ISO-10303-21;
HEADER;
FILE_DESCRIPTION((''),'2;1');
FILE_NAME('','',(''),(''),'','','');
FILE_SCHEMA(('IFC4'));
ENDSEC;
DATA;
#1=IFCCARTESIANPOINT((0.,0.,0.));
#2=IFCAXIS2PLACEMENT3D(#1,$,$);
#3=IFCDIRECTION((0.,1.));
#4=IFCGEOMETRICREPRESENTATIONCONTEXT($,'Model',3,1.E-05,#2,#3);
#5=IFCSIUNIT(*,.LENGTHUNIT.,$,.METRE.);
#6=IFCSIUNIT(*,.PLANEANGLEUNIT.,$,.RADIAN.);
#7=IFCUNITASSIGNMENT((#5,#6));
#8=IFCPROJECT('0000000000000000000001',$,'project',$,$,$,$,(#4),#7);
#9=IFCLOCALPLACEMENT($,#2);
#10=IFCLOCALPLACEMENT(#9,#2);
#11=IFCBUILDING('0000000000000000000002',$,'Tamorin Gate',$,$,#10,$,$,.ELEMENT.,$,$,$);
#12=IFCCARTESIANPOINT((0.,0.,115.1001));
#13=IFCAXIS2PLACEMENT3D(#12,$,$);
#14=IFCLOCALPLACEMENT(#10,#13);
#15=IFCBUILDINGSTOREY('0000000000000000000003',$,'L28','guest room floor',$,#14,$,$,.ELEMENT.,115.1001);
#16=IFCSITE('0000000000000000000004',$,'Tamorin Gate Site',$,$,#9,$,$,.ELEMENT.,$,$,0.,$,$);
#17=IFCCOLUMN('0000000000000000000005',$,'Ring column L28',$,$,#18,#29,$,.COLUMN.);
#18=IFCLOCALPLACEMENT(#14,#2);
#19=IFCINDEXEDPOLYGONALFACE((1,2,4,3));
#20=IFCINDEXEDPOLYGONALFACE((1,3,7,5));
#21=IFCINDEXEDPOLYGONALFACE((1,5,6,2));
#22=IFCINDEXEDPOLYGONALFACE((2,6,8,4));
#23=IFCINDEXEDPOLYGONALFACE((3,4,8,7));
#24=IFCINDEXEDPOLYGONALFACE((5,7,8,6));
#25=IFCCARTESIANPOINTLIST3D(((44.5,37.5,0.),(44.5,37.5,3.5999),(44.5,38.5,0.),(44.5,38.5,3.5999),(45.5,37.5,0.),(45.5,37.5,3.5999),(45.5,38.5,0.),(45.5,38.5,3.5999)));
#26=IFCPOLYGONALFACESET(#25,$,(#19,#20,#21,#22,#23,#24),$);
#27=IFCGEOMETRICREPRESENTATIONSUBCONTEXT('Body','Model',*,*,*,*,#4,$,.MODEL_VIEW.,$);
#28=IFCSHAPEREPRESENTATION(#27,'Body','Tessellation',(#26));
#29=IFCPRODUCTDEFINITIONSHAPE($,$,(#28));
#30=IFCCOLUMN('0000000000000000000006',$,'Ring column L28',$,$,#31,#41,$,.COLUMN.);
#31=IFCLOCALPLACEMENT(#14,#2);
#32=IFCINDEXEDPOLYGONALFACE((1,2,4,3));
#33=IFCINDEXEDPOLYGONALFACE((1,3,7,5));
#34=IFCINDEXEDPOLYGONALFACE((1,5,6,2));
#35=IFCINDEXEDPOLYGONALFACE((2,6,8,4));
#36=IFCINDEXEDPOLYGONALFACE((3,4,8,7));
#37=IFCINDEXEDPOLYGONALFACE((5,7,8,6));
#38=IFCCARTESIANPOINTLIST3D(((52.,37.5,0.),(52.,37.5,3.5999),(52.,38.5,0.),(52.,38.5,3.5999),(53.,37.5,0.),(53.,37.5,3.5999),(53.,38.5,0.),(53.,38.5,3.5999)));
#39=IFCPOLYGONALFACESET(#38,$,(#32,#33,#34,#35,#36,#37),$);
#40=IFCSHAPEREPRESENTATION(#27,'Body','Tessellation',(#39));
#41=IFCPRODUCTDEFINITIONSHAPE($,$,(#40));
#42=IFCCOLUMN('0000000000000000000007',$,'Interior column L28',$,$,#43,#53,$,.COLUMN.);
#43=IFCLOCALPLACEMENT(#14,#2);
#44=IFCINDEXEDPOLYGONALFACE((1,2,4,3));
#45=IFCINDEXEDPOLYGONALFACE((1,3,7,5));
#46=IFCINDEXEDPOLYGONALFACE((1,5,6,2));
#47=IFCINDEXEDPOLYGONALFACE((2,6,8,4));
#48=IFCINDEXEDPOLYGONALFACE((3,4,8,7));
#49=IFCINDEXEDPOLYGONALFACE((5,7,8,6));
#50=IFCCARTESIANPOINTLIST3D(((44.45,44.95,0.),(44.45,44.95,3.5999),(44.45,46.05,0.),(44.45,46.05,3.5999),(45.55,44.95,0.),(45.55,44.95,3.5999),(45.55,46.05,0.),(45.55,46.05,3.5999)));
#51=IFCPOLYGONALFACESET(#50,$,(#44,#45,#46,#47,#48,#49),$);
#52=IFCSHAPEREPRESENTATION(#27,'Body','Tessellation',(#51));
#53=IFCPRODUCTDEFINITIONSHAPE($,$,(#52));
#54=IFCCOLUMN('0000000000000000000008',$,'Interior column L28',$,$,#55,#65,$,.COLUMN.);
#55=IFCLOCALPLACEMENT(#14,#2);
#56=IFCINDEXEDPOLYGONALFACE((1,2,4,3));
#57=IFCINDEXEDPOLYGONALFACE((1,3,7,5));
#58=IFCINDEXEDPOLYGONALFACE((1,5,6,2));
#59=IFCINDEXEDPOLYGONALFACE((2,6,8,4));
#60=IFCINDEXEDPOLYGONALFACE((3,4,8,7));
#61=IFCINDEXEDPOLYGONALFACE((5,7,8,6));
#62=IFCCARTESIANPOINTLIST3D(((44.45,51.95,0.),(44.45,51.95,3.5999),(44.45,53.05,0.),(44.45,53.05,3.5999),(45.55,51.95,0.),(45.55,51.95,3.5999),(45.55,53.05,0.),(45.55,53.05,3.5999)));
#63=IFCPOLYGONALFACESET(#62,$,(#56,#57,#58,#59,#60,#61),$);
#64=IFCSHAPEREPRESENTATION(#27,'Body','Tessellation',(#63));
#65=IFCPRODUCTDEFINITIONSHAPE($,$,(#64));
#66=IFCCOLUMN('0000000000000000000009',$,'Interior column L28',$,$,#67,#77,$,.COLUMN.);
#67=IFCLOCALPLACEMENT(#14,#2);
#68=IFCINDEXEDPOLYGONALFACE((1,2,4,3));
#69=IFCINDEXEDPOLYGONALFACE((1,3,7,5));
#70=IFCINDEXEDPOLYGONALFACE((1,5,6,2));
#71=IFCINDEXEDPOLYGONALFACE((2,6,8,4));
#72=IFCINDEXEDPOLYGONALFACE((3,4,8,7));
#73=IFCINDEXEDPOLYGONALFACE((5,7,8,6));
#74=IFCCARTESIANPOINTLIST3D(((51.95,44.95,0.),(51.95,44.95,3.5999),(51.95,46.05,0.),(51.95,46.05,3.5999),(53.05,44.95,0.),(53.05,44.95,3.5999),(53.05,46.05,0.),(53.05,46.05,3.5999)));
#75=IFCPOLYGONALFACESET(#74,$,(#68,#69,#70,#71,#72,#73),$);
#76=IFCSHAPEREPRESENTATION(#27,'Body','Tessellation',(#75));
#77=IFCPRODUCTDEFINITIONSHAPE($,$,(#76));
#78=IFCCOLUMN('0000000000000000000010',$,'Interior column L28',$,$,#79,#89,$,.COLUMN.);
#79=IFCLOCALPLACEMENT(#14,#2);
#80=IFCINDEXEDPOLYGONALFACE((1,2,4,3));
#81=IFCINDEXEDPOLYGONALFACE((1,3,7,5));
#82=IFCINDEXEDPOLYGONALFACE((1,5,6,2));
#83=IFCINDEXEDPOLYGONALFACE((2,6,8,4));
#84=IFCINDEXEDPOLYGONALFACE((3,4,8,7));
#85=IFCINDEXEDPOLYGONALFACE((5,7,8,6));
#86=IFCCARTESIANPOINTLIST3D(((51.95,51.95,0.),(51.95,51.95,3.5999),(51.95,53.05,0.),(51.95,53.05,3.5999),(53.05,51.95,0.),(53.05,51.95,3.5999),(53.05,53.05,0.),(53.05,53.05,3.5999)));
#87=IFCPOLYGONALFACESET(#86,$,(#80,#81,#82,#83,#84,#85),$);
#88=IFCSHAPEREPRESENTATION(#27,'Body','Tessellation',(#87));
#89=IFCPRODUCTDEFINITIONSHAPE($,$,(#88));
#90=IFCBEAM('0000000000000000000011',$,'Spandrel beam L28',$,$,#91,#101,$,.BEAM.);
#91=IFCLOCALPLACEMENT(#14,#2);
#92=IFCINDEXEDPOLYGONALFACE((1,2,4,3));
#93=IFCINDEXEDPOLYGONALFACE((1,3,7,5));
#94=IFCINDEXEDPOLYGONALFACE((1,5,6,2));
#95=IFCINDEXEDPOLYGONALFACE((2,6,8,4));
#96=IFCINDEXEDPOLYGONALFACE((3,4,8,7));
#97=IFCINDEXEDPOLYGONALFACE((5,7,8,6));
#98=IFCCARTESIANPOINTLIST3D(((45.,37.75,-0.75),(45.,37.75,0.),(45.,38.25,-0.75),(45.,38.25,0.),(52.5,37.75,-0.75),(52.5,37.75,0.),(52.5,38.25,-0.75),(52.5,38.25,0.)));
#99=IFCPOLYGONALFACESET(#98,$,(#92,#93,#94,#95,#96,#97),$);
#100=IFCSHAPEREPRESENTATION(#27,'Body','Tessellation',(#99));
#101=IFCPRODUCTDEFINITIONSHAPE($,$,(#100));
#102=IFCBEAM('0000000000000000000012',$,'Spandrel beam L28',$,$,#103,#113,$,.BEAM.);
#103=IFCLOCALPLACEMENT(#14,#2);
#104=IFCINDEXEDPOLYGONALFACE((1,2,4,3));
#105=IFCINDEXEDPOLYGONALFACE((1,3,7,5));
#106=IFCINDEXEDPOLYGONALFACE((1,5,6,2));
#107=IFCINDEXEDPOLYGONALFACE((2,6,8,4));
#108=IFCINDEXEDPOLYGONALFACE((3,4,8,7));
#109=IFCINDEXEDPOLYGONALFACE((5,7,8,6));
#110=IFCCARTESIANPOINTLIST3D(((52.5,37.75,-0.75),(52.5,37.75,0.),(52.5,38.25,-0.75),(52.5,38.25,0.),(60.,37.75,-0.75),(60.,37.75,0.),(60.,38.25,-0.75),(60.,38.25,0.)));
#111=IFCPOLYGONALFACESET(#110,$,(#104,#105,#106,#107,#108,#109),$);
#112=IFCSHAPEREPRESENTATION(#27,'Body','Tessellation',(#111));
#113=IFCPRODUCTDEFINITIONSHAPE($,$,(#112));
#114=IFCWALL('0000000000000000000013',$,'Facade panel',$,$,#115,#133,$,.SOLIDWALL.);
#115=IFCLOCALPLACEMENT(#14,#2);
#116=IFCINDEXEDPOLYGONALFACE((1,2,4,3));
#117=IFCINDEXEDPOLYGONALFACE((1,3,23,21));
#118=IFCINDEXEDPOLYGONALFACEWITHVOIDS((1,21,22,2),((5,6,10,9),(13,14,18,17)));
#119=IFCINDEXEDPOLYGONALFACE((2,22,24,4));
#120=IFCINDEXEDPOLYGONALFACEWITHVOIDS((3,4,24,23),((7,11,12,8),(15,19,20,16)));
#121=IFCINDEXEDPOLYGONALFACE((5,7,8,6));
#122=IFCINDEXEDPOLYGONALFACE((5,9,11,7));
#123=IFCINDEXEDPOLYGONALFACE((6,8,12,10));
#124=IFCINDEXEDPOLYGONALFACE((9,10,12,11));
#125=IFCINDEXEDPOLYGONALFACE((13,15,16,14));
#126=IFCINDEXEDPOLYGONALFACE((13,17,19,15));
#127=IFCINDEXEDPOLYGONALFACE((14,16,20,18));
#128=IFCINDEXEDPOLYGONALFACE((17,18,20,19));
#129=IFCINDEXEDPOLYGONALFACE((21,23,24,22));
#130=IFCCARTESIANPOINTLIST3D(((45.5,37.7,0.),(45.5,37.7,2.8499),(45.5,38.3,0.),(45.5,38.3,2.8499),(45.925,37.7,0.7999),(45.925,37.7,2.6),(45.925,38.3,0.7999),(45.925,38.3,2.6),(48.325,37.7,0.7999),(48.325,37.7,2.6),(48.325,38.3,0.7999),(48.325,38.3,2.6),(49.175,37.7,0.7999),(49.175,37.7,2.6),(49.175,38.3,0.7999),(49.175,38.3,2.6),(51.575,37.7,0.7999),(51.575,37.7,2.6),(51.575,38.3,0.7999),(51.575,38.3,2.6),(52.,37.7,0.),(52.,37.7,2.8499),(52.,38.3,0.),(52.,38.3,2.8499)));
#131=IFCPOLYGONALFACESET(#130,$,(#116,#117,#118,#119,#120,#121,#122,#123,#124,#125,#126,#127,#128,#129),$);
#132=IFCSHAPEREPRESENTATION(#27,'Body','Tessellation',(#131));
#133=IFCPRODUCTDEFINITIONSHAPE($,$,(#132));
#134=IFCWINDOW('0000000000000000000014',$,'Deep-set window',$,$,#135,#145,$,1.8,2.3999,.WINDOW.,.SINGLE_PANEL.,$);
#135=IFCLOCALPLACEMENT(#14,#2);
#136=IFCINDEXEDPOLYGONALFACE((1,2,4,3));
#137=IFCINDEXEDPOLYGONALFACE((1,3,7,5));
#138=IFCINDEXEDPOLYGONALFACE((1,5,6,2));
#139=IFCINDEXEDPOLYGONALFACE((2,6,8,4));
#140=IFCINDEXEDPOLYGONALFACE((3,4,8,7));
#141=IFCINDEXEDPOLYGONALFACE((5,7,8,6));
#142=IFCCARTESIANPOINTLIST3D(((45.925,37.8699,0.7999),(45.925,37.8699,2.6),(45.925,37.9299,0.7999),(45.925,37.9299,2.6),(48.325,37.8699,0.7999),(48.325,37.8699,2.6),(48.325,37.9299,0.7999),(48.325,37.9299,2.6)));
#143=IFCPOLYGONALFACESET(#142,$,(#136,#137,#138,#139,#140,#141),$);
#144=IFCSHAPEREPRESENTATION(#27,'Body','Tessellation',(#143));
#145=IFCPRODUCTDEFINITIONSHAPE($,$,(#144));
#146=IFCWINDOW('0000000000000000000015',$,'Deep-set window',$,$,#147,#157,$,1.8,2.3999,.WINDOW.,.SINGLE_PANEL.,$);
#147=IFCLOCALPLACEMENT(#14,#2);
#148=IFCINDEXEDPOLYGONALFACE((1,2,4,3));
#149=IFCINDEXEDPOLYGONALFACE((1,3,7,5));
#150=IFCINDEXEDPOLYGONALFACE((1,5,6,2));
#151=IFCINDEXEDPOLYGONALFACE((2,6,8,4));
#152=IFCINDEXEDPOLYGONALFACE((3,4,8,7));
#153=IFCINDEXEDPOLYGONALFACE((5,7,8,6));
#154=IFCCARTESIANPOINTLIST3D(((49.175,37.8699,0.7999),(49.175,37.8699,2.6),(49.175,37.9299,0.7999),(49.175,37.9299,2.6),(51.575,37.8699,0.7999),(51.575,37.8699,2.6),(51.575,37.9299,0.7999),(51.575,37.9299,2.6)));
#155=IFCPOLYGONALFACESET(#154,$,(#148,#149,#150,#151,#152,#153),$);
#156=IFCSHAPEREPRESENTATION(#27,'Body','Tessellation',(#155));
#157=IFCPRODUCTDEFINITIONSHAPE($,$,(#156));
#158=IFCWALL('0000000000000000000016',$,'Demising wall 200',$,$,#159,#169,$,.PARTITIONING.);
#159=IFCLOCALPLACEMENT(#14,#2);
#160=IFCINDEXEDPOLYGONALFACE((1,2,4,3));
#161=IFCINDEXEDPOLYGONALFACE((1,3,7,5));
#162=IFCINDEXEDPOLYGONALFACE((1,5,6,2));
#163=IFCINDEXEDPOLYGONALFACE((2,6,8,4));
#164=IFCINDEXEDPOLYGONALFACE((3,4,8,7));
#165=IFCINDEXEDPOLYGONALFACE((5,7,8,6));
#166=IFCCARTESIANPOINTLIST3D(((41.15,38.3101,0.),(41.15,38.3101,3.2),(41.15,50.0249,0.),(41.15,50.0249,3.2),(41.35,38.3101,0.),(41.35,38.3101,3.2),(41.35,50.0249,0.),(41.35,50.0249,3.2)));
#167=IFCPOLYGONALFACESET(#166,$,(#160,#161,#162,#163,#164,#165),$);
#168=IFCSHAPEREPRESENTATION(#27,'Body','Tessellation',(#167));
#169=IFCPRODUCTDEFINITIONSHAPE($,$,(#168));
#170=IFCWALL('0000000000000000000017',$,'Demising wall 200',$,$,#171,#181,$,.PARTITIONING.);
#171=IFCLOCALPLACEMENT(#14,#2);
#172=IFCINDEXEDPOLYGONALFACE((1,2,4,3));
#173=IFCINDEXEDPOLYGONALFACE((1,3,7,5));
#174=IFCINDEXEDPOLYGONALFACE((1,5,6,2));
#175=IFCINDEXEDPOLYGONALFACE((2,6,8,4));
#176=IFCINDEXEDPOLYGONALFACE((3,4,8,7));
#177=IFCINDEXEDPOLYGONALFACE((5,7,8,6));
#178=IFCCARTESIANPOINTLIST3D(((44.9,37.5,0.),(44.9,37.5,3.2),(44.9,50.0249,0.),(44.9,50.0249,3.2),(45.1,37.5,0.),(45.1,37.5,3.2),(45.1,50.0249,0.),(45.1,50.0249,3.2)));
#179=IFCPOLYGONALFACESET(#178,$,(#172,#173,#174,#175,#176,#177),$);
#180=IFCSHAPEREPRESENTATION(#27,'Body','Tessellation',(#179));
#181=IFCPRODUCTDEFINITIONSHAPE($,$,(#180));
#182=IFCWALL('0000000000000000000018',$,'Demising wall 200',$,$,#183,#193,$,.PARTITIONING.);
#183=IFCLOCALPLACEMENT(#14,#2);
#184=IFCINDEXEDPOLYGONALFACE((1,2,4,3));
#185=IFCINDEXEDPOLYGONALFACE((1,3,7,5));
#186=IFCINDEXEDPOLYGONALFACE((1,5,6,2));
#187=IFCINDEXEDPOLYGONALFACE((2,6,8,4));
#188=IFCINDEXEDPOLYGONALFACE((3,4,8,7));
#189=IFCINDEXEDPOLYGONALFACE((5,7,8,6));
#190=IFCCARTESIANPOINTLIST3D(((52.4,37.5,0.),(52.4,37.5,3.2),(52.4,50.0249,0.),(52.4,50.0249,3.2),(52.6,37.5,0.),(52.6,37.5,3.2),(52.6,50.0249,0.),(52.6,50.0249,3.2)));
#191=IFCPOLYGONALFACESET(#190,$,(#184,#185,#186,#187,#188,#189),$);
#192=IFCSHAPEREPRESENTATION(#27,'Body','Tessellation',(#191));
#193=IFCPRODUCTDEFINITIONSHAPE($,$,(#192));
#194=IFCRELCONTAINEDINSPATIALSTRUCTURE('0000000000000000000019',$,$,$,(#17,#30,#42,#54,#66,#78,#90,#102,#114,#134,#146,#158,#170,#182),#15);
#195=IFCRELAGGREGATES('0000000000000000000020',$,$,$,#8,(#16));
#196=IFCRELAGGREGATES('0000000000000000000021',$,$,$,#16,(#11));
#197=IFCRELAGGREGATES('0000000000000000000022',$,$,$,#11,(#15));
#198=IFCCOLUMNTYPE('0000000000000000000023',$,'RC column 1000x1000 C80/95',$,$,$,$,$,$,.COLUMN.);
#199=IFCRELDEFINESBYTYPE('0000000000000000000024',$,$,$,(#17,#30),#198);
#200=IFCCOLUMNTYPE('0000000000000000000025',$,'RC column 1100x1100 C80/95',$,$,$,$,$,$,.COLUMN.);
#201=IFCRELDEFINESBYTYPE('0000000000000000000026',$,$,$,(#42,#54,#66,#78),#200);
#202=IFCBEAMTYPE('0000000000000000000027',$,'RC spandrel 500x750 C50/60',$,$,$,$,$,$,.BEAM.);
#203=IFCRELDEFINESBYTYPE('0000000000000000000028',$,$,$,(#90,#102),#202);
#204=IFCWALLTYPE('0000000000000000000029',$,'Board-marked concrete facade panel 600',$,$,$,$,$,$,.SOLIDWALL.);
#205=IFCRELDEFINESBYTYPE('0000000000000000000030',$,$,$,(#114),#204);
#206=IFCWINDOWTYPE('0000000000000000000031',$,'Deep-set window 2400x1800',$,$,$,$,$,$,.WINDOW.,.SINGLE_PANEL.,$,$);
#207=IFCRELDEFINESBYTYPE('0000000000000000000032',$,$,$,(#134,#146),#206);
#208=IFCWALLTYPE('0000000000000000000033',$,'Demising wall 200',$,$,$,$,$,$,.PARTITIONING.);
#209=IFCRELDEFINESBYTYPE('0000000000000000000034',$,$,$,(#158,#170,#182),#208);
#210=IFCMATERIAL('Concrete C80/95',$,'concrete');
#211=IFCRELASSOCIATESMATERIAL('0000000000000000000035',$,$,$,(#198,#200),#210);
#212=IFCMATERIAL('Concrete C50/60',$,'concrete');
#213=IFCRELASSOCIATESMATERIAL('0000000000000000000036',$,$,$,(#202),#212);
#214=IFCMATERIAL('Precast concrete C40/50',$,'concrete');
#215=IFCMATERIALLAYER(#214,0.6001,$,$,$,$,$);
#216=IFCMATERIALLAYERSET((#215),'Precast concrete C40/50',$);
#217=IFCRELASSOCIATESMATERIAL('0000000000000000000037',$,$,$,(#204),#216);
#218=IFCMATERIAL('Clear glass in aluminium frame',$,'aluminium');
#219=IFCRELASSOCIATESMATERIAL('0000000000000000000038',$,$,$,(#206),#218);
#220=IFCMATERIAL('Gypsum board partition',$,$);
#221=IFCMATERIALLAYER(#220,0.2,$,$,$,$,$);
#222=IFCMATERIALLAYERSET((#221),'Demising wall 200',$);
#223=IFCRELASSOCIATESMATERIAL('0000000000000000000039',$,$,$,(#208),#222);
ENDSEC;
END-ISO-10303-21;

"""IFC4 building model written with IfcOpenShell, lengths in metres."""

from ifc_helpers import new_model, si_unit, direction, frame, frame_2d, origin, origin_2d, place, context, subcontext, project, spatial, rectangle, extrude, material, layer, layer_set, material_profile, profile_set, type_object, element, fill, save


model = new_model("IFC4")

# Units and contexts
model_context = context("Model", 3, precision=1e-05, world=origin(), true_north=direction((0.0, 1.0)))
body_context = subcontext(model_context, "Body", "Model", "MODEL_VIEW")
ifc_project = project(units=[si_unit("LENGTHUNIT", "METRE"), si_unit("PLANEANGLEUNIT", "RADIAN")], contexts=[model_context])

# Site, building, storey
site_placement = place(None, origin())
site = spatial("IfcSite", under=ifc_project, at=site_placement, Name="Tamorin Gate Site", CompositionType="ELEMENT", RefElevation=0.0)
building_placement = place(site_placement, origin())
building = spatial("IfcBuilding", under=site, at=building_placement, Name="Tamorin Gate", CompositionType="ELEMENT")
storey_placement = place(building_placement, frame((0.0, 0.0, 115.1001)))
storey = spatial("IfcBuildingStorey", under=building, at=storey_placement, Name="L28", Description="guest room floor", CompositionType="ELEMENT", Elevation=115.1001)

# Columns
ifc_material_1 = material(Name="Concrete C80/95", Category="concrete")
ifc_material_profile_1 = material_profile(ifc_material_1, rectangle(XDim=1.0, YDim=1.0, at=origin_2d()), Name="RC 1000x1000")
ifc_profile_set_1 = profile_set([ifc_material_profile_1], Name="Concrete C80/95")
column_type_1 = type_object("IfcColumnType", Name="RC column 1000x1000 C80/95", PredefinedType="COLUMN", material=ifc_profile_set_1)
for number, where, z_axis, x_axis, name in (
    (1, (45.0, 38.0, 0.0), (0.0, 0.0, 1.0), (1.0, 0.0, 0.0), "Ring column L28"),
    (2, (52.5, 38.0, 0.0), (0.0, 0.0, 1.0), (1.0, 0.0, 0.0), "Ring column L28"),
):
    element("IfcColumn", number, at=place(storey_placement, frame(where, z_axis=z_axis, x_axis=x_axis)), inside=storey, type_object=column_type_1, Name=name, PredefinedType="COLUMN", context=body_context, shape_type="SweptSolid", body=[
        extrude(rectangle(XDim=1.0, YDim=1.0, at=origin_2d()), origin(), (0.0, 0.0, 1.0), 3.5999),
    ])
ifc_material_profile_2 = material_profile(ifc_material_1, rectangle(XDim=1.1001, YDim=1.1001, at=origin_2d()), Name="RC 1100x1100")
ifc_profile_set_2 = profile_set([ifc_material_profile_2], Name="Concrete C80/95")
column_type_2 = type_object("IfcColumnType", Name="RC column 1100x1100 C80/95", PredefinedType="COLUMN", material=ifc_profile_set_2)
for number, where, z_axis, x_axis, name in (
    (3, (45.0, 45.5, 0.0), (0.0, 0.0, 1.0), (1.0, 0.0, 0.0), "Interior column L28"),
    (4, (45.0, 52.5, 0.0), (0.0, 0.0, 1.0), (1.0, 0.0, 0.0), "Interior column L28"),
    (5, (52.5, 45.5, 0.0), (0.0, 0.0, 1.0), (1.0, 0.0, 0.0), "Interior column L28"),
    (6, (52.5, 52.5, 0.0), (0.0, 0.0, 1.0), (1.0, 0.0, 0.0), "Interior column L28"),
):
    element("IfcColumn", number, at=place(storey_placement, frame(where, z_axis=z_axis, x_axis=x_axis)), inside=storey, type_object=column_type_2, Name=name, PredefinedType="COLUMN", context=body_context, shape_type="SweptSolid", body=[
        extrude(rectangle(XDim=1.1001, YDim=1.1001, at=origin_2d()), origin(), (0.0, 0.0, 1.0), 3.5999),
    ])

# Beams
ifc_material_2 = material(Name="Concrete C50/60", Category="concrete")
ifc_material_profile_3 = material_profile(ifc_material_2, rectangle(XDim=0.5, YDim=0.75, at=origin_2d()), Name="RC 500x750")
ifc_profile_set_3 = profile_set([ifc_material_profile_3], Name="Concrete C50/60")
beam_type = type_object("IfcBeamType", Name="RC spandrel 500x750 C50/60", PredefinedType="BEAM", material=ifc_profile_set_3)
for number, where, z_axis, x_axis, name in (
    (7, (45.0, 38.0, -0.375), (1.0, 0.0, 0.0), (0.0, 1.0, 0.0), "Spandrel beam L28"),
    (8, (52.5, 38.0, -0.375), (1.0, 0.0, 0.0), (0.0, 1.0, 0.0), "Spandrel beam L28"),
):
    element("IfcBeam", number, at=place(storey_placement, frame(where, z_axis=z_axis, x_axis=x_axis)), inside=storey, type_object=beam_type, Name=name, PredefinedType="BEAM", context=body_context, shape_type="SweptSolid", body=[
        extrude(rectangle(XDim=0.5, YDim=0.75, at=origin_2d()), origin(), (0.0, 0.0, 1.0), 7.5),
    ])

# Wall, openings, windows
ifc_material_3 = material(Name="Precast concrete C40/50", Category="concrete")
ifc_layer_1 = layer(ifc_material_3, 0.6001)
ifc_layer_set_1 = layer_set([ifc_layer_1], Name="Precast concrete C40/50")
wall_type_1 = type_object("IfcWallType", Name="Board-marked concrete facade panel 600", PredefinedType="SOLIDWALL", material=ifc_layer_set_1)
wall_1_placement = place(storey_placement, frame((45.5, 38.0, 0.0), z_axis=(0.0, 0.0, 1.0), x_axis=(1.0, 0.0, 0.0)))
wall_1 = element("IfcWall", 9, at=wall_1_placement, inside=storey, type_object=wall_type_1, Name="Facade panel", PredefinedType="SOLIDWALL", context=body_context, shape_type="SweptSolid", body=[
    extrude(rectangle(XDim=6.5, YDim=0.6001, at=frame_2d((3.25, 0.0))), origin(), (0.0, 0.0, 1.0), 2.8499),
])
opening_1_placement = place(wall_1_placement, frame((0.425, 0.0, 0.8)))
opening_1 = element("IfcOpeningElement", 10, at=opening_1_placement, cuts=wall_1, PredefinedType="OPENING", context=body_context, shape_type="SweptSolid", body=[
    extrude(rectangle(XDim=2.3999, YDim=1.8, at=frame_2d((1.2, 0.8999))), frame((0.0, 0.3101, 0.0), z_axis=(0.0, -1.0, 0.0), x_axis=(1.0, 0.0, 0.0)), (0.0, 0.0, 1.0), 0.6201),
])
opening_2_placement = place(wall_1_placement, frame((3.675, 0.0, 0.8)))
opening_2 = element("IfcOpeningElement", 11, at=opening_2_placement, cuts=wall_1, PredefinedType="OPENING", context=body_context, shape_type="SweptSolid", body=[
    extrude(rectangle(XDim=2.3999, YDim=1.8, at=frame_2d((1.2, 0.8999))), frame((0.0, 0.3101, 0.0), z_axis=(0.0, -1.0, 0.0), x_axis=(1.0, 0.0, 0.0)), (0.0, 0.0, 1.0), 0.6201),
])
ifc_material_4 = material(Name="Clear glass in aluminium frame", Category="aluminium")
window_type = type_object("IfcWindowType", Name="Deep-set window 2400x1800", PartitioningType="SINGLE_PANEL", PredefinedType="WINDOW", material=ifc_material_4)
window_1_placement = place(opening_1_placement, origin())
window_1 = element("IfcWindow", 12, at=window_1_placement, inside=storey, type_object=window_type, Name="Deep-set window", OverallHeight=1.8, OverallWidth=2.3999, PartitioningType="SINGLE_PANEL", PredefinedType="WINDOW", context=body_context, shape_type="SweptSolid", body=[
    extrude(rectangle(XDim=2.3999, YDim=1.8, at=frame_2d((1.2, 0.8999))), frame((0.0, -0.0701, 0.0), z_axis=(0.0, -1.0, 0.0), x_axis=(1.0, 0.0, 0.0)), (0.0, 0.0, 1.0), 0.0601),
])
fill(opening_1, window_1)
window_2_placement = place(opening_2_placement, origin())
window_2 = element("IfcWindow", 13, at=window_2_placement, inside=storey, type_object=window_type, Name="Deep-set window", OverallHeight=1.8, OverallWidth=2.3999, PartitioningType="SINGLE_PANEL", PredefinedType="WINDOW", context=body_context, shape_type="SweptSolid", body=[
    extrude(rectangle(XDim=2.3999, YDim=1.8, at=frame_2d((1.2, 0.8999))), frame((0.0, -0.0701, 0.0), z_axis=(0.0, -1.0, 0.0), x_axis=(1.0, 0.0, 0.0)), (0.0, 0.0, 1.0), 0.0601),
])
fill(opening_2, window_2)

# Walls
ifc_material_5 = material(Name="Gypsum board partition")
ifc_layer_2 = layer(ifc_material_5, 0.2)
ifc_layer_set_2 = layer_set([ifc_layer_2], Name="Demising wall 200")
wall_type_2 = type_object("IfcWallType", Name="Demising wall 200", PredefinedType="PARTITIONING", material=ifc_layer_set_2)
wall_2_placement = place(storey_placement, frame((41.25, 38.3101, 0.0), z_axis=(0.0, 0.0, 1.0), x_axis=(0.0, 1.0, 0.0)))
element("IfcWall", 14, at=wall_2_placement, inside=storey, type_object=wall_type_2, Name="Demising wall 200", PredefinedType="PARTITIONING", context=body_context, shape_type="SweptSolid", body=[
    extrude(rectangle(XDim=11.7148, YDim=0.2, at=frame_2d((5.8574, 0.0))), origin(), (0.0, 0.0, 1.0), 3.2),
])
for number, where, z_axis, x_axis, name in (
    (15, (45.0, 37.5, 0.0), (0.0, 0.0, 1.0), (0.0, 1.0, 0.0), "Demising wall 200"),
    (16, (52.5, 37.5, 0.0), (0.0, 0.0, 1.0), (0.0, 1.0, 0.0), "Demising wall 200"),
):
    element("IfcWall", number, at=place(storey_placement, frame(where, z_axis=z_axis, x_axis=x_axis)), inside=storey, type_object=wall_type_2, Name=name, PredefinedType="PARTITIONING", context=body_context, shape_type="SweptSolid", body=[
        extrude(rectangle(XDim=12.5249, YDim=0.2, at=frame_2d((6.2625, 0.0))), origin(), (0.0, 0.0, 1.0), 3.2),
    ])

save(model, "model.ifc")
